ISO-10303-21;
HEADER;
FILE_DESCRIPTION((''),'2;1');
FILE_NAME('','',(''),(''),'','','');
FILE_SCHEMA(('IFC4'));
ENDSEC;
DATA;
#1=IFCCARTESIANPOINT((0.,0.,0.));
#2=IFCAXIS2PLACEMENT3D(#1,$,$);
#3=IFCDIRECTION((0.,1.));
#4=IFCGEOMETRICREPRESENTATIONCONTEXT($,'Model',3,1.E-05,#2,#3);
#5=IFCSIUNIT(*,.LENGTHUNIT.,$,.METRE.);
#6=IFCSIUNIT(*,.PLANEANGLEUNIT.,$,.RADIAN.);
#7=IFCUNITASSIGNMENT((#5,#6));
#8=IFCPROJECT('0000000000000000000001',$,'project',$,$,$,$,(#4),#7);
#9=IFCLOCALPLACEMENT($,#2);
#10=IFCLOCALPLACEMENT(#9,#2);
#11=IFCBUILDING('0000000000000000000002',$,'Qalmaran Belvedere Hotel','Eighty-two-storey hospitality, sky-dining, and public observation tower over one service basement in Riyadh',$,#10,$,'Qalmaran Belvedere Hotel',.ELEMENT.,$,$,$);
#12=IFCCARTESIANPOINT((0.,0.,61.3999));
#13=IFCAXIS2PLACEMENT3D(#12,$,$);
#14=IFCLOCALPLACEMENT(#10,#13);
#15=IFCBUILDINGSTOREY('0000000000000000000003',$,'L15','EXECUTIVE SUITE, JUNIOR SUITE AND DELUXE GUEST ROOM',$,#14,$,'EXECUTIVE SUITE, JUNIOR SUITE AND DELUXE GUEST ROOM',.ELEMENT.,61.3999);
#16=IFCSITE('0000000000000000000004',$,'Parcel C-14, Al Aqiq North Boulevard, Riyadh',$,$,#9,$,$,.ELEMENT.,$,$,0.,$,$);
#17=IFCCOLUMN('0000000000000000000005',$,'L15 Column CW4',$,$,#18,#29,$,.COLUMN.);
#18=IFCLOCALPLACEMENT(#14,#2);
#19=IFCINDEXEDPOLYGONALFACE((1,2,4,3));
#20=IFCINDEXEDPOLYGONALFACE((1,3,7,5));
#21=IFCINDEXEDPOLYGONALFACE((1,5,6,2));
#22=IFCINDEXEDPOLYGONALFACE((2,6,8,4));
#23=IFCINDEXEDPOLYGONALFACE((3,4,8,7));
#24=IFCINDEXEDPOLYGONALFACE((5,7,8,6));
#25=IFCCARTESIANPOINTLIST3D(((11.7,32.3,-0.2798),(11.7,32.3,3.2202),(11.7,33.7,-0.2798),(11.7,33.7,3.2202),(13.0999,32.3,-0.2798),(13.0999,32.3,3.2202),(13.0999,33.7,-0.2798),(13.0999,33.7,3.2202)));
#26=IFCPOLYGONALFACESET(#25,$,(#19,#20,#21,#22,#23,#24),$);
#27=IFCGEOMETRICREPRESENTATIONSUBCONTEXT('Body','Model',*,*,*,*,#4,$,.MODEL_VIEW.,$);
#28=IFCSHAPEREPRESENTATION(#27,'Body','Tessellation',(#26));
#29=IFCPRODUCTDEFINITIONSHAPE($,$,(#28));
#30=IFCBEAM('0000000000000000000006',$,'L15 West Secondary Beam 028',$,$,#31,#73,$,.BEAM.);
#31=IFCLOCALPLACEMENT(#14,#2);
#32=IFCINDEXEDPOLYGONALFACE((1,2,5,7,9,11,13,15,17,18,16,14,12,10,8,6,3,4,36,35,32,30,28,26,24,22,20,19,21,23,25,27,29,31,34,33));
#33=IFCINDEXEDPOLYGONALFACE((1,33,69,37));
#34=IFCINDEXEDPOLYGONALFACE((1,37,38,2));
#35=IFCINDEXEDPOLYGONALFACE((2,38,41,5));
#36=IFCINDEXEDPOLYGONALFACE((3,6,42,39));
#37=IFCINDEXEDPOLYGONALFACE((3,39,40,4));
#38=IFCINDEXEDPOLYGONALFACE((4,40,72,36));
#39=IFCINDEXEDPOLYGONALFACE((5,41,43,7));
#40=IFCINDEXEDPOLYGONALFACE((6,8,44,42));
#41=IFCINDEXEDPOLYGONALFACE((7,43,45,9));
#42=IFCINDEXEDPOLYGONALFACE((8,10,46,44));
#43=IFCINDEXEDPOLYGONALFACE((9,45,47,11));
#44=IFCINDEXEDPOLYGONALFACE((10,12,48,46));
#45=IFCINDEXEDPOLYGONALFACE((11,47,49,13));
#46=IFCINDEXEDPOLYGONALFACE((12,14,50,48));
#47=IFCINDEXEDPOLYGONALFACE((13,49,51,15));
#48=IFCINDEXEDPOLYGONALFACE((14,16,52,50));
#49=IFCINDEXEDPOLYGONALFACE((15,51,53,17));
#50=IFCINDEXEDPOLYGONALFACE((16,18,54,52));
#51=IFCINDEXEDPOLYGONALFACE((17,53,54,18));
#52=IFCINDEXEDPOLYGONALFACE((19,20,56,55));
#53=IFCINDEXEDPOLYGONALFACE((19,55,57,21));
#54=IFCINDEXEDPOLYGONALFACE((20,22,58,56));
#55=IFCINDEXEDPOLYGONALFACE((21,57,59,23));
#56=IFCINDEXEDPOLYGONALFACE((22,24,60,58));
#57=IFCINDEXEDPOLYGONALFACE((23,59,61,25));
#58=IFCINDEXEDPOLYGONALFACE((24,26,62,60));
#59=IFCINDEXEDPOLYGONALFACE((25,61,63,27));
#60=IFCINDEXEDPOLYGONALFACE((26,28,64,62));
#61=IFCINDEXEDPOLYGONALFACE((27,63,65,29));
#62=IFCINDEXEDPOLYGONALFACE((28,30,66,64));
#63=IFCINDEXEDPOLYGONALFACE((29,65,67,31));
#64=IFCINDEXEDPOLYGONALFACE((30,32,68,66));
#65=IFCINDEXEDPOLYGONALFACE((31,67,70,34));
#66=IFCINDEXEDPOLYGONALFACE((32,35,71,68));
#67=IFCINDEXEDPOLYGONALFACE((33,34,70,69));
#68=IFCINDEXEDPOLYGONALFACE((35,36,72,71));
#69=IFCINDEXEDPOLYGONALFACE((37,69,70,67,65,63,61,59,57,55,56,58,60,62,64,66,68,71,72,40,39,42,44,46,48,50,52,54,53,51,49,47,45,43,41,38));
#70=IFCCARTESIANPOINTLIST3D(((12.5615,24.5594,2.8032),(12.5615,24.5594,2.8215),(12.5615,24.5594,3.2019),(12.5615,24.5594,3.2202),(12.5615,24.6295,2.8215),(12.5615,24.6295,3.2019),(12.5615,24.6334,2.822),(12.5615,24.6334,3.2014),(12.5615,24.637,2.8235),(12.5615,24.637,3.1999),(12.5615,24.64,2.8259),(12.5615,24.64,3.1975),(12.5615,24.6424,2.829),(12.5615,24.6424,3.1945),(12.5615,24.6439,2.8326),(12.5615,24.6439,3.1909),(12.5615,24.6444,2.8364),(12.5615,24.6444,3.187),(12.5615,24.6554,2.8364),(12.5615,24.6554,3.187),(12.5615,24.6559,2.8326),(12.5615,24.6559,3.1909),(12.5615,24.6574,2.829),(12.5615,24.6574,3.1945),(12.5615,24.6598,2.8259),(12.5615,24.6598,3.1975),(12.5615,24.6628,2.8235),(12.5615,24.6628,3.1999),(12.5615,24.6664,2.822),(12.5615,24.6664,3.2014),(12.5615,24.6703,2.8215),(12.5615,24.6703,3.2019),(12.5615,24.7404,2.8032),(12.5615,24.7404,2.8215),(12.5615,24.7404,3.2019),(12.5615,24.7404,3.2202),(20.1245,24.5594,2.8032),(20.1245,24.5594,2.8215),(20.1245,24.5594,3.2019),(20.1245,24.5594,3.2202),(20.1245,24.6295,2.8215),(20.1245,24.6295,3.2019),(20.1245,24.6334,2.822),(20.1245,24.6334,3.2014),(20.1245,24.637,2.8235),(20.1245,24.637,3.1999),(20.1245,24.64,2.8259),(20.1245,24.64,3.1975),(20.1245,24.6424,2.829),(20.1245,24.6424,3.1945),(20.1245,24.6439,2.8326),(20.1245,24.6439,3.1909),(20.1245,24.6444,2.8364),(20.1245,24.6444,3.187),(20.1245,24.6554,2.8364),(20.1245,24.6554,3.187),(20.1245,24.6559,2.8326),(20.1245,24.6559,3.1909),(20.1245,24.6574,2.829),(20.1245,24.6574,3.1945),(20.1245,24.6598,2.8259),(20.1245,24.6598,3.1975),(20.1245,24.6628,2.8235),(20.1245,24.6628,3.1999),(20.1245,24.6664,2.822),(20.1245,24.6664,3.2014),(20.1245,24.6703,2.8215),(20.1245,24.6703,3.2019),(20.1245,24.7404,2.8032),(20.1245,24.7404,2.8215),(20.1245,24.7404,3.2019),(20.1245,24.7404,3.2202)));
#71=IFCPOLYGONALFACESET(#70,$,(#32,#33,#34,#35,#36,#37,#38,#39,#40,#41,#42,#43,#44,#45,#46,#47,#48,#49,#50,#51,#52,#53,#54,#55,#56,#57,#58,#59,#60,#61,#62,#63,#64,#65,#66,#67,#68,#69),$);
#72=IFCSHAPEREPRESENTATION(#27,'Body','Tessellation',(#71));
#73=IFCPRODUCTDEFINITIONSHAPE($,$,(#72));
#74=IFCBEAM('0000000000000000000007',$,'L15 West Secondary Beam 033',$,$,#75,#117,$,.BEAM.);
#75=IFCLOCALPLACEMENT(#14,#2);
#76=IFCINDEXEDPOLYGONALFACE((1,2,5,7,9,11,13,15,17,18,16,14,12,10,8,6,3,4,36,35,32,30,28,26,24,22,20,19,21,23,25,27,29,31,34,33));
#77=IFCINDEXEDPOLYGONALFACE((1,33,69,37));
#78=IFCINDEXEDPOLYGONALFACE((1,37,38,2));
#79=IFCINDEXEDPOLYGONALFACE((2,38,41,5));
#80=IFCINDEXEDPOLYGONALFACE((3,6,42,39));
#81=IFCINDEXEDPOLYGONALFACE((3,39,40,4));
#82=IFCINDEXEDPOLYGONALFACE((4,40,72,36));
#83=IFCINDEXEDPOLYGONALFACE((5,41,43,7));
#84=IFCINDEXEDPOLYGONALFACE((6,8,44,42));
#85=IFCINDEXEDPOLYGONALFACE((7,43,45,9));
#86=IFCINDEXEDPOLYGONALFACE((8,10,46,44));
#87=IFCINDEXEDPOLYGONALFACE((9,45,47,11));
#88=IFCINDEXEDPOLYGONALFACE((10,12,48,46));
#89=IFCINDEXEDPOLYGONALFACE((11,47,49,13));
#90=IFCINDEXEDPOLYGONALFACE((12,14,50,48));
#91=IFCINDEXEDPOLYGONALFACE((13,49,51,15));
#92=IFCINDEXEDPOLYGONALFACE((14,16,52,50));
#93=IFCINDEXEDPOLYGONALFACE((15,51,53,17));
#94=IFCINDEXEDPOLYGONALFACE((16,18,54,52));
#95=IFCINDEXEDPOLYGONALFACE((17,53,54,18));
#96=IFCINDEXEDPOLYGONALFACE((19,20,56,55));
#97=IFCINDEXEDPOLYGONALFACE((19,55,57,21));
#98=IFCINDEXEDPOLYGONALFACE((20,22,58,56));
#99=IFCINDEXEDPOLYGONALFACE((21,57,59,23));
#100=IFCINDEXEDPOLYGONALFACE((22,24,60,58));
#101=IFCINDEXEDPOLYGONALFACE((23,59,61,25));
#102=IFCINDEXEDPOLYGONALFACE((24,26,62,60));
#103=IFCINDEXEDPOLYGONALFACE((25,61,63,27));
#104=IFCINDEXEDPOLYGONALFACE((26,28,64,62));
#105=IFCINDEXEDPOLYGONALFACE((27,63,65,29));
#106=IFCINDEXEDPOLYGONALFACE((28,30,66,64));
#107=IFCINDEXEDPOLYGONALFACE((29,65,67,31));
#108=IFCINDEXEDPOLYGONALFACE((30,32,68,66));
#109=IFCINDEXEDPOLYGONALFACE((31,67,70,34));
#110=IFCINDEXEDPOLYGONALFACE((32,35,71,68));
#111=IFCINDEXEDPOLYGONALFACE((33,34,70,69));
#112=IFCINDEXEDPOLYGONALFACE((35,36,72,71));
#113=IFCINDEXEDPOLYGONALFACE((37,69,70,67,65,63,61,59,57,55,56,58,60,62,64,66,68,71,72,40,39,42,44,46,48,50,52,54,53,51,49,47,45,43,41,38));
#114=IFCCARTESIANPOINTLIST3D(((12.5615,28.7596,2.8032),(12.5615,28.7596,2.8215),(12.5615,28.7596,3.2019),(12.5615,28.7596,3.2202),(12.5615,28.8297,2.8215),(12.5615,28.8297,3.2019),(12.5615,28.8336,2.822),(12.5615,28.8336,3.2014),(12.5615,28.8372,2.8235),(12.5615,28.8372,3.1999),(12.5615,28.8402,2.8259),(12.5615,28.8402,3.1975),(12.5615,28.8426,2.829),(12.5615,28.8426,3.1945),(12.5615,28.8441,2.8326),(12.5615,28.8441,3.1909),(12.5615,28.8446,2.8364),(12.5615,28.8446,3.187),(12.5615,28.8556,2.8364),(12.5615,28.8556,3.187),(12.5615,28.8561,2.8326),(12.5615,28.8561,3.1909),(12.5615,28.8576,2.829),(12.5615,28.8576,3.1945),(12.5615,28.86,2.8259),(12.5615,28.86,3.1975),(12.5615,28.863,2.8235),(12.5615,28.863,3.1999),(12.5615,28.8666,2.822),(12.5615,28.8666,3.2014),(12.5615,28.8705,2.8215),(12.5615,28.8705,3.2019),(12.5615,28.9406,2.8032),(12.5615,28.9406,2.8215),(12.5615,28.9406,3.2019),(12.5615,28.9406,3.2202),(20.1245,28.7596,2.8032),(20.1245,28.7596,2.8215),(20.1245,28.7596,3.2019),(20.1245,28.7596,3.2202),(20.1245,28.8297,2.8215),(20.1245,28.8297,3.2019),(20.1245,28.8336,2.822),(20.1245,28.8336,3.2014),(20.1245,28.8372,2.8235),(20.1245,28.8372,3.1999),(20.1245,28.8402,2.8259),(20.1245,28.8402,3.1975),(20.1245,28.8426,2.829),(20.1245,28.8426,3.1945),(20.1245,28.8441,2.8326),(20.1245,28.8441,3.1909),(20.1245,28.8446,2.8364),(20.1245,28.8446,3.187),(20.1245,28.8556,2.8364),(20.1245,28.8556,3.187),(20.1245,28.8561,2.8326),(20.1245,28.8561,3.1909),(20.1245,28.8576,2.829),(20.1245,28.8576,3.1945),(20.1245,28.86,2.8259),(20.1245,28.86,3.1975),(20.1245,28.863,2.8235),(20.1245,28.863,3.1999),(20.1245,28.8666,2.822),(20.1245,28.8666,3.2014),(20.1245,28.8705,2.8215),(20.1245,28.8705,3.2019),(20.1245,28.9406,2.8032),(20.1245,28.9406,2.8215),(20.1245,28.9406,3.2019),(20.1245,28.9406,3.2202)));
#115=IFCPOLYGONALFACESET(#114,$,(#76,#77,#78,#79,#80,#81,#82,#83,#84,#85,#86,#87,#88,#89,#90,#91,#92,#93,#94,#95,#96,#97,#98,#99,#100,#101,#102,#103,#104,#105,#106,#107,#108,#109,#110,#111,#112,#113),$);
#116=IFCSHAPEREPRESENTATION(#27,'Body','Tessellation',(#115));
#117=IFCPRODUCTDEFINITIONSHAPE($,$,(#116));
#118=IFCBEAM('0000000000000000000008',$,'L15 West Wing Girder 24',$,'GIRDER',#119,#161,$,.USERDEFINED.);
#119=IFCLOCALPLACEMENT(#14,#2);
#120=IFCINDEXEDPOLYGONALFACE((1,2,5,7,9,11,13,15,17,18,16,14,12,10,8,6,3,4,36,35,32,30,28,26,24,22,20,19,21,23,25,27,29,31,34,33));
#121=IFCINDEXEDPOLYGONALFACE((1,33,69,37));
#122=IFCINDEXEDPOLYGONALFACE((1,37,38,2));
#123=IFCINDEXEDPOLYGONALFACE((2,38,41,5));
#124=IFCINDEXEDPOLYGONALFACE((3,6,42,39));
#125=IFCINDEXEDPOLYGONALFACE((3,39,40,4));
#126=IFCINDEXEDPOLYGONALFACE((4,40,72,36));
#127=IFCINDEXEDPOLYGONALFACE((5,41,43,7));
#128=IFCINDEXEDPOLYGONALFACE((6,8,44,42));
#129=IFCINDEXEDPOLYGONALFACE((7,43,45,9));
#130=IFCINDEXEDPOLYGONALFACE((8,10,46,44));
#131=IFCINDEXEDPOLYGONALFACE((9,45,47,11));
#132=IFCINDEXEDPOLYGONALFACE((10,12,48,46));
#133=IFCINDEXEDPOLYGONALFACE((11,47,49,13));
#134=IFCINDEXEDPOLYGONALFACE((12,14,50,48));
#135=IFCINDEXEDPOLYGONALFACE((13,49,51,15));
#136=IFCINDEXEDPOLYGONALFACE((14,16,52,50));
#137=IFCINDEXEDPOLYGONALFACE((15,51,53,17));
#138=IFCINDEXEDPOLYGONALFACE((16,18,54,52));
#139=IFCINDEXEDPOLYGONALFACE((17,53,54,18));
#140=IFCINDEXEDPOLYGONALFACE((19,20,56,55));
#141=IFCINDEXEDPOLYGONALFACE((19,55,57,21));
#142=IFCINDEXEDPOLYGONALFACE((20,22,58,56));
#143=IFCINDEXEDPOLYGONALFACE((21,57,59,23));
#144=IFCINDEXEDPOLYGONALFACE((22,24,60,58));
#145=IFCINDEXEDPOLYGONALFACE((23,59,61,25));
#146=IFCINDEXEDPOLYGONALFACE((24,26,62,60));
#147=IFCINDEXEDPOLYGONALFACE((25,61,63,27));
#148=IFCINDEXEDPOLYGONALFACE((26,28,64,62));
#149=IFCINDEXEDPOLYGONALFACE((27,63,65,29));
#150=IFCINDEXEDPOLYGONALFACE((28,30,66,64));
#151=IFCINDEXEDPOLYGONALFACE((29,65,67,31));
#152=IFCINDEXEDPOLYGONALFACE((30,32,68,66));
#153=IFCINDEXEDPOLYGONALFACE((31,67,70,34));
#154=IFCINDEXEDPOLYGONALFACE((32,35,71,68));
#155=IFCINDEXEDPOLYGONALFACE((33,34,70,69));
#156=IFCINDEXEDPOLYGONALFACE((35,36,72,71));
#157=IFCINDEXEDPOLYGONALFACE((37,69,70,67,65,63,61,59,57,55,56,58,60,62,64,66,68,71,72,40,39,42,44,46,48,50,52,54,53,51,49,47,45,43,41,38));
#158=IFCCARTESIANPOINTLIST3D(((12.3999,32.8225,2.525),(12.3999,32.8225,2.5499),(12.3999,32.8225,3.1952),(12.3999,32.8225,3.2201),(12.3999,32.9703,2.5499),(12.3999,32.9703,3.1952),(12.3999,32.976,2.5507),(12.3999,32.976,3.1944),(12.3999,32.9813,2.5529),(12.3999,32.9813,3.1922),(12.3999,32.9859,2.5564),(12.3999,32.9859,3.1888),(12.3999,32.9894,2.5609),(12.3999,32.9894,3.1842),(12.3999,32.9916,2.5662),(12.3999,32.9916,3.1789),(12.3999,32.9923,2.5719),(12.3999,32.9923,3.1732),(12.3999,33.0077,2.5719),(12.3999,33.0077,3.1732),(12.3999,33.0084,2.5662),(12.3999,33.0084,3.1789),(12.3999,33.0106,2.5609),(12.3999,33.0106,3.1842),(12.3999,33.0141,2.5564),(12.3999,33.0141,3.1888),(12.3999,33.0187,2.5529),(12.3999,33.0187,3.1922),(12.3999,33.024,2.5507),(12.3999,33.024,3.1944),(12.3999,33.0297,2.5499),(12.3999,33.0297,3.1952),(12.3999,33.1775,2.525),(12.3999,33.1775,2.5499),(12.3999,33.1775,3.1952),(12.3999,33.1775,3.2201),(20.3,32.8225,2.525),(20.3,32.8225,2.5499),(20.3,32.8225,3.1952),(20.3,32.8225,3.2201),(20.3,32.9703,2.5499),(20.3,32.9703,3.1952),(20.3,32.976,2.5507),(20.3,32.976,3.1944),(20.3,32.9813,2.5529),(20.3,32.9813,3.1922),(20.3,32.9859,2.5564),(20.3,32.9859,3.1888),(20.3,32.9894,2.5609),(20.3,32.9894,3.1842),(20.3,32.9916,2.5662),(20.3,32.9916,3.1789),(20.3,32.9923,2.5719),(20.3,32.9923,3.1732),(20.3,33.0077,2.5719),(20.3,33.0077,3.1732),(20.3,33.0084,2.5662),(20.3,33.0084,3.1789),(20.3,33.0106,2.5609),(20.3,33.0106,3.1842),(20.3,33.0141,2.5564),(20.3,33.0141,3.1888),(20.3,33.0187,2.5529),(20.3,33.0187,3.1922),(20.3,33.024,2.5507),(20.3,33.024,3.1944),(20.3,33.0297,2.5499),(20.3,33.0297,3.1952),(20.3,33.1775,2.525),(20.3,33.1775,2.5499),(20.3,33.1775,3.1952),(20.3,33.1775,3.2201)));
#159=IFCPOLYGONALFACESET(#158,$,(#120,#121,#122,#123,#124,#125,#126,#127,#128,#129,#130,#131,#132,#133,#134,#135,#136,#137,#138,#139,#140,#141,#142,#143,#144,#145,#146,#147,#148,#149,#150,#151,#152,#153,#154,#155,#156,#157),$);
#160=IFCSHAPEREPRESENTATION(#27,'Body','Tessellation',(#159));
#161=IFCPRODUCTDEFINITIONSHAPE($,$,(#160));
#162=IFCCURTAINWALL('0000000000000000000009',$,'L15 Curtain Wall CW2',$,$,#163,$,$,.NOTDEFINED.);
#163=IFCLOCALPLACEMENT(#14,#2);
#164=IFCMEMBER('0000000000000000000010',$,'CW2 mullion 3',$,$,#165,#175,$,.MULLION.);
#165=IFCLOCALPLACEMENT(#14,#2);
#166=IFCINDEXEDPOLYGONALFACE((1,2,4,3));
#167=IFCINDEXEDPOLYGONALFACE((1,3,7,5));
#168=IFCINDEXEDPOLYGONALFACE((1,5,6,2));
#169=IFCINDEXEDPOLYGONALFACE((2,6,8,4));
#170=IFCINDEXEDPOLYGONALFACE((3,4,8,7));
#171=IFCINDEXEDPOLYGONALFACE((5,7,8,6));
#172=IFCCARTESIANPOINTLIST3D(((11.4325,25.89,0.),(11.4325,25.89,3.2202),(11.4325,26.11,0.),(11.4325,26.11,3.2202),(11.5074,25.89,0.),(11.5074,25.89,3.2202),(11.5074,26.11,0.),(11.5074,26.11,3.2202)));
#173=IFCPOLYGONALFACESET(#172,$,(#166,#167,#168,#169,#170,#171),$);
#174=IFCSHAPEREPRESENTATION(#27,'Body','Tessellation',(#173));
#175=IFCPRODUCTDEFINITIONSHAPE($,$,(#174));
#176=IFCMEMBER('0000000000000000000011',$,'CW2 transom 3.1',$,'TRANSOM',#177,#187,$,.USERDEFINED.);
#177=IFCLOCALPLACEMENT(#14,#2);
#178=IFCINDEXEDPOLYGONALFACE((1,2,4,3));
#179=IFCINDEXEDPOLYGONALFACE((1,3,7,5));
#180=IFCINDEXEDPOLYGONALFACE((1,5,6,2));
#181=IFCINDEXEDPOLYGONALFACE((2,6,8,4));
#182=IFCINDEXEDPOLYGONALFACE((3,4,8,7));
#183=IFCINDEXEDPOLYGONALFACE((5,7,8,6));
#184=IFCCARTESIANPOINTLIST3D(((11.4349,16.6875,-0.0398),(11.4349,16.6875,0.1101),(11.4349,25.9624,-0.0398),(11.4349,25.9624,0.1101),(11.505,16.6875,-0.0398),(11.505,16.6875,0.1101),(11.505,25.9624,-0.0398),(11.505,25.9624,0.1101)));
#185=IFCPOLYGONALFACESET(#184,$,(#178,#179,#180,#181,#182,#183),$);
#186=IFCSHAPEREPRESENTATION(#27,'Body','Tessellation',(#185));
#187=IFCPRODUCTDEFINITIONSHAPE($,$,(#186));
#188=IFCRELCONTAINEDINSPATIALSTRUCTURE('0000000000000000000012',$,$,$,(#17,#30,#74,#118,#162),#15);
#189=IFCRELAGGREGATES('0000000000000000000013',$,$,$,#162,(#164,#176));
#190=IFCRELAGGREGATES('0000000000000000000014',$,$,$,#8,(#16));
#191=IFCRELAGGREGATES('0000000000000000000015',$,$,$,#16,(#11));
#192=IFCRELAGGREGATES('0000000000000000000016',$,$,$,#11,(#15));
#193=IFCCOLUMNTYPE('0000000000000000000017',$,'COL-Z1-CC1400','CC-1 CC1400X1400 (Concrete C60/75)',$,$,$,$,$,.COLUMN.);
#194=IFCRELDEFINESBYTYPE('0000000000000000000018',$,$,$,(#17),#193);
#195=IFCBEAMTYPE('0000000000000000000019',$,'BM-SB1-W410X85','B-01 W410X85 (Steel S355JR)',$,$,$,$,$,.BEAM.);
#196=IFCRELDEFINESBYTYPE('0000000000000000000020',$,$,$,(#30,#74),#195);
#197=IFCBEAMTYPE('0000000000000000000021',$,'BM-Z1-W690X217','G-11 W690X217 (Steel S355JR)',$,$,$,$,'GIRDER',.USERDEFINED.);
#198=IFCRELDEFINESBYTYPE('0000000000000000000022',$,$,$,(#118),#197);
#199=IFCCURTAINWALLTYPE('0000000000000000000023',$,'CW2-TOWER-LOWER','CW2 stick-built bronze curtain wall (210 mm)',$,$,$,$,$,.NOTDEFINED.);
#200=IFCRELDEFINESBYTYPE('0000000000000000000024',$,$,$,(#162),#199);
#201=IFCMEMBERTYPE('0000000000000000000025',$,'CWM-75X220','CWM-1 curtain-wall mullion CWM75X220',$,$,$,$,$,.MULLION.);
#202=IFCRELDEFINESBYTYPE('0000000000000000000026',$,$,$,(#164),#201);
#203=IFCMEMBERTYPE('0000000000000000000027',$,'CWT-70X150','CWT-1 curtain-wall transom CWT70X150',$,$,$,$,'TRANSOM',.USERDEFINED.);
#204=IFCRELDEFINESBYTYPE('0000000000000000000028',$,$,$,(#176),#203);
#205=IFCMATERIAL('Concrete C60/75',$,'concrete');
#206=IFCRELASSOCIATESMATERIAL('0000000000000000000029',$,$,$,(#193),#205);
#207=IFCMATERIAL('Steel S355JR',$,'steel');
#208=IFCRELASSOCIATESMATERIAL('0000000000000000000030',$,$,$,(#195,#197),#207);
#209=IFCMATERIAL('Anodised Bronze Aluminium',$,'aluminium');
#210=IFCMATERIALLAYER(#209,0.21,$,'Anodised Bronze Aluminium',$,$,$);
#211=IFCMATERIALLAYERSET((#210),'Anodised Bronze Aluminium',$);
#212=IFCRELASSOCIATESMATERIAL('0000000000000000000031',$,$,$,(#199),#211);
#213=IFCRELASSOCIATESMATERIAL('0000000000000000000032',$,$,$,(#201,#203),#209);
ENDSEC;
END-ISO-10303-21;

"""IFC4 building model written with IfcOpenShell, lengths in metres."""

from ifc_helpers import new_model, si_unit, direction, frame, origin, origin_2d, place, context, subcontext, project, spatial, rectangle, i_section, extrude, material, layer, layer_set, material_profile, profile_set, type_object, element, aggregate, save


model = new_model("IFC4")

# Units and contexts
model_context = context("Model", 3, precision=1e-05, world=origin(), true_north=direction((0.0, 1.0)))
body_context = subcontext(model_context, "Body", "Model", "MODEL_VIEW")
ifc_project = project(units=[si_unit("LENGTHUNIT", "METRE"), si_unit("PLANEANGLEUNIT", "RADIAN")], contexts=[model_context])

# Site, building, storey
site_placement = place(None, origin())
site = spatial("IfcSite", under=ifc_project, at=site_placement, Name="Parcel C-14, Al Aqiq North Boulevard, Riyadh", CompositionType="ELEMENT", RefElevation=0.0)
building_placement = place(site_placement, origin())
building = spatial("IfcBuilding", under=site, at=building_placement, Name="Qalmaran Belvedere Hotel", Description="Eighty-two-storey hospitality, sky-dining, and public observation tower over one service basement in Riyadh", LongName="Qalmaran Belvedere Hotel", CompositionType="ELEMENT")
storey_placement = place(building_placement, frame((0.0, 0.0, 61.3999)))
storey = spatial("IfcBuildingStorey", under=building, at=storey_placement, Name="L15", Description="EXECUTIVE SUITE, JUNIOR SUITE AND DELUXE GUEST ROOM", LongName="EXECUTIVE SUITE, JUNIOR SUITE AND DELUXE GUEST ROOM", CompositionType="ELEMENT", Elevation=61.3999)

# Column
ifc_material_1 = material(Name="Concrete C60/75", Category="concrete")
ifc_material_profile_1 = material_profile(ifc_material_1, rectangle(XDim=1.3999, YDim=1.3999, at=origin_2d()), Name="CC1400X1400")
ifc_profile_set_1 = profile_set([ifc_material_profile_1], Name="Concrete C60/75")
column_type = type_object("IfcColumnType", Name="COL-Z1-CC1400", Description="CC-1 CC1400X1400 (Concrete C60/75)", PredefinedType="COLUMN", material=ifc_profile_set_1)
column_placement = place(storey_placement, frame((12.3999, 33.0, -0.2798), z_axis=(0.0, 0.0, 1.0), x_axis=(1.0, 0.0, 0.0)))
element("IfcColumn", 1, at=column_placement, inside=storey, type_object=column_type, Name="L15 Column CW4", PredefinedType="COLUMN", context=body_context, shape_type="SweptSolid", body=[
    extrude(rectangle(XDim=1.3999, YDim=1.3999, at=origin_2d()), origin(), (0.0, 0.0, 1.0), 3.5),
])

# Beams
ifc_material_2 = material(Name="Steel S355JR", Category="steel")
ifc_material_profile_2 = material_profile(ifc_material_2, i_section(OverallWidth=0.1809, OverallDepth=0.417, WebThickness=0.011, FlangeThickness=0.0183, FilletRadius=0.0149, at=origin_2d()), Name="W410X85")
ifc_profile_set_2 = profile_set([ifc_material_profile_2], Name="Steel S355JR")
beam_type_1 = type_object("IfcBeamType", Name="BM-SB1-W410X85", Description="B-01 W410X85 (Steel S355JR)", PredefinedType="BEAM", material=ifc_profile_set_2)
for number, where, z_axis, x_axis, name in (
    (2, (12.5615, 24.6499, 3.0117), (1.0, 0.0, 0.0), (0.0, 1.0, 0.0), "L15 West Secondary Beam 028"),
    (3, (12.5615, 28.8501, 3.0117), (1.0, 0.0, 0.0), (0.0, 1.0, 0.0), "L15 West Secondary Beam 033"),
):
    element("IfcBeam", number, at=place(storey_placement, frame(where, z_axis=z_axis, x_axis=x_axis)), inside=storey, type_object=beam_type_1, Name=name, PredefinedType="BEAM", context=body_context, shape_type="SweptSolid", body=[
        extrude(i_section(OverallWidth=0.1809, OverallDepth=0.417, WebThickness=0.011, FlangeThickness=0.0183, FilletRadius=0.0149, at=origin_2d()), origin(), (0.0, 0.0, 1.0), 7.563),
    ])
ifc_material_profile_3 = material_profile(ifc_material_2, i_section(OverallWidth=0.355, OverallDepth=0.6951, WebThickness=0.0154, FlangeThickness=0.0249, FilletRadius=0.022, at=origin_2d()), Name="W690X217")
ifc_profile_set_3 = profile_set([ifc_material_profile_3], Name="Steel S355JR")
beam_type_2 = type_object("IfcBeamType", Name="BM-Z1-W690X217", Description="G-11 W690X217 (Steel S355JR)", ElementType="GIRDER", PredefinedType="USERDEFINED", material=ifc_profile_set_3)
beam_placement = place(storey_placement, frame((12.3999, 33.0, 2.8726), z_axis=(1.0, 0.0, 0.0), x_axis=(0.0, 1.0, 0.0)))
element("IfcBeam", 4, at=beam_placement, inside=storey, type_object=beam_type_2, Name="L15 West Wing Girder 24", ObjectType="GIRDER", PredefinedType="USERDEFINED", context=body_context, shape_type="SweptSolid", body=[
    extrude(i_section(OverallWidth=0.355, OverallDepth=0.6951, WebThickness=0.0154, FlangeThickness=0.0249, FilletRadius=0.022, at=origin_2d()), origin(), (0.0, 0.0, 1.0), 7.9001),
])

# Curtain wall, members
ifc_material_3 = material(Name="Anodised Bronze Aluminium", Category="aluminium")
ifc_layer_1 = layer(ifc_material_3, 0.21, Name="Anodised Bronze Aluminium")
ifc_layer_set_1 = layer_set([ifc_layer_1], Name="Anodised Bronze Aluminium")
curtain_wall_type = type_object("IfcCurtainWallType", Name="CW2-TOWER-LOWER", Description="CW2 stick-built bronze curtain wall (210 mm)", PredefinedType="NOTDEFINED", material=ifc_layer_set_1)
curtain_wall_placement = place(storey_placement, origin())
curtain_wall = element("IfcCurtainWall", 5, at=curtain_wall_placement, inside=storey, type_object=curtain_wall_type, Name="L15 Curtain Wall CW2", PredefinedType="NOTDEFINED")
ifc_material_profile_4 = material_profile(ifc_material_3, rectangle(XDim=0.075, YDim=0.22, at=origin_2d()), Name="CWM75X220")
ifc_profile_set_4 = profile_set([ifc_material_profile_4], Name="Anodised Bronze Aluminium")
member_type_1 = type_object("IfcMemberType", Name="CWM-75X220", Description="CWM-1 curtain-wall mullion CWM75X220", PredefinedType="MULLION", material=ifc_profile_set_4)
member_1_placement = place(storey_placement, frame((11.47, 26.0, 0.0), z_axis=(0.0, 0.0, 1.0), x_axis=(1.0, 0.0, 0.0)))
member_1 = element("IfcMember", 6, at=member_1_placement, type_object=member_type_1, Name="CW2 mullion 3", PredefinedType="MULLION", context=body_context, shape_type="SweptSolid", body=[
    extrude(rectangle(XDim=0.075, YDim=0.22, at=origin_2d()), origin(), (0.0, 0.0, 1.0), 3.2202),
])
ifc_material_profile_5 = material_profile(ifc_material_3, rectangle(XDim=0.0701, YDim=0.1499, at=origin_2d()), Name="CWT70X150")
ifc_profile_set_5 = profile_set([ifc_material_profile_5], Name="Anodised Bronze Aluminium")
member_type_2 = type_object("IfcMemberType", Name="CWT-70X150", Description="CWT-1 curtain-wall transom CWT70X150", ElementType="TRANSOM", PredefinedType="USERDEFINED", material=ifc_profile_set_5)
member_2_placement = place(storey_placement, frame((11.47, 25.9624, 0.0352), z_axis=(0.0, -1.0, 0.0), x_axis=(1.0, 0.0, 0.0)))
member_2 = element("IfcMember", 7, at=member_2_placement, type_object=member_type_2, Name="CW2 transom 3.1", ObjectType="TRANSOM", PredefinedType="USERDEFINED", context=body_context, shape_type="SweptSolid", body=[
    extrude(rectangle(XDim=0.0701, YDim=0.1499, at=origin_2d()), origin(), (0.0, 0.0, 1.0), 9.2749),
])
aggregate(curtain_wall, [member_1, member_2])

save(model, "model.ifc")
